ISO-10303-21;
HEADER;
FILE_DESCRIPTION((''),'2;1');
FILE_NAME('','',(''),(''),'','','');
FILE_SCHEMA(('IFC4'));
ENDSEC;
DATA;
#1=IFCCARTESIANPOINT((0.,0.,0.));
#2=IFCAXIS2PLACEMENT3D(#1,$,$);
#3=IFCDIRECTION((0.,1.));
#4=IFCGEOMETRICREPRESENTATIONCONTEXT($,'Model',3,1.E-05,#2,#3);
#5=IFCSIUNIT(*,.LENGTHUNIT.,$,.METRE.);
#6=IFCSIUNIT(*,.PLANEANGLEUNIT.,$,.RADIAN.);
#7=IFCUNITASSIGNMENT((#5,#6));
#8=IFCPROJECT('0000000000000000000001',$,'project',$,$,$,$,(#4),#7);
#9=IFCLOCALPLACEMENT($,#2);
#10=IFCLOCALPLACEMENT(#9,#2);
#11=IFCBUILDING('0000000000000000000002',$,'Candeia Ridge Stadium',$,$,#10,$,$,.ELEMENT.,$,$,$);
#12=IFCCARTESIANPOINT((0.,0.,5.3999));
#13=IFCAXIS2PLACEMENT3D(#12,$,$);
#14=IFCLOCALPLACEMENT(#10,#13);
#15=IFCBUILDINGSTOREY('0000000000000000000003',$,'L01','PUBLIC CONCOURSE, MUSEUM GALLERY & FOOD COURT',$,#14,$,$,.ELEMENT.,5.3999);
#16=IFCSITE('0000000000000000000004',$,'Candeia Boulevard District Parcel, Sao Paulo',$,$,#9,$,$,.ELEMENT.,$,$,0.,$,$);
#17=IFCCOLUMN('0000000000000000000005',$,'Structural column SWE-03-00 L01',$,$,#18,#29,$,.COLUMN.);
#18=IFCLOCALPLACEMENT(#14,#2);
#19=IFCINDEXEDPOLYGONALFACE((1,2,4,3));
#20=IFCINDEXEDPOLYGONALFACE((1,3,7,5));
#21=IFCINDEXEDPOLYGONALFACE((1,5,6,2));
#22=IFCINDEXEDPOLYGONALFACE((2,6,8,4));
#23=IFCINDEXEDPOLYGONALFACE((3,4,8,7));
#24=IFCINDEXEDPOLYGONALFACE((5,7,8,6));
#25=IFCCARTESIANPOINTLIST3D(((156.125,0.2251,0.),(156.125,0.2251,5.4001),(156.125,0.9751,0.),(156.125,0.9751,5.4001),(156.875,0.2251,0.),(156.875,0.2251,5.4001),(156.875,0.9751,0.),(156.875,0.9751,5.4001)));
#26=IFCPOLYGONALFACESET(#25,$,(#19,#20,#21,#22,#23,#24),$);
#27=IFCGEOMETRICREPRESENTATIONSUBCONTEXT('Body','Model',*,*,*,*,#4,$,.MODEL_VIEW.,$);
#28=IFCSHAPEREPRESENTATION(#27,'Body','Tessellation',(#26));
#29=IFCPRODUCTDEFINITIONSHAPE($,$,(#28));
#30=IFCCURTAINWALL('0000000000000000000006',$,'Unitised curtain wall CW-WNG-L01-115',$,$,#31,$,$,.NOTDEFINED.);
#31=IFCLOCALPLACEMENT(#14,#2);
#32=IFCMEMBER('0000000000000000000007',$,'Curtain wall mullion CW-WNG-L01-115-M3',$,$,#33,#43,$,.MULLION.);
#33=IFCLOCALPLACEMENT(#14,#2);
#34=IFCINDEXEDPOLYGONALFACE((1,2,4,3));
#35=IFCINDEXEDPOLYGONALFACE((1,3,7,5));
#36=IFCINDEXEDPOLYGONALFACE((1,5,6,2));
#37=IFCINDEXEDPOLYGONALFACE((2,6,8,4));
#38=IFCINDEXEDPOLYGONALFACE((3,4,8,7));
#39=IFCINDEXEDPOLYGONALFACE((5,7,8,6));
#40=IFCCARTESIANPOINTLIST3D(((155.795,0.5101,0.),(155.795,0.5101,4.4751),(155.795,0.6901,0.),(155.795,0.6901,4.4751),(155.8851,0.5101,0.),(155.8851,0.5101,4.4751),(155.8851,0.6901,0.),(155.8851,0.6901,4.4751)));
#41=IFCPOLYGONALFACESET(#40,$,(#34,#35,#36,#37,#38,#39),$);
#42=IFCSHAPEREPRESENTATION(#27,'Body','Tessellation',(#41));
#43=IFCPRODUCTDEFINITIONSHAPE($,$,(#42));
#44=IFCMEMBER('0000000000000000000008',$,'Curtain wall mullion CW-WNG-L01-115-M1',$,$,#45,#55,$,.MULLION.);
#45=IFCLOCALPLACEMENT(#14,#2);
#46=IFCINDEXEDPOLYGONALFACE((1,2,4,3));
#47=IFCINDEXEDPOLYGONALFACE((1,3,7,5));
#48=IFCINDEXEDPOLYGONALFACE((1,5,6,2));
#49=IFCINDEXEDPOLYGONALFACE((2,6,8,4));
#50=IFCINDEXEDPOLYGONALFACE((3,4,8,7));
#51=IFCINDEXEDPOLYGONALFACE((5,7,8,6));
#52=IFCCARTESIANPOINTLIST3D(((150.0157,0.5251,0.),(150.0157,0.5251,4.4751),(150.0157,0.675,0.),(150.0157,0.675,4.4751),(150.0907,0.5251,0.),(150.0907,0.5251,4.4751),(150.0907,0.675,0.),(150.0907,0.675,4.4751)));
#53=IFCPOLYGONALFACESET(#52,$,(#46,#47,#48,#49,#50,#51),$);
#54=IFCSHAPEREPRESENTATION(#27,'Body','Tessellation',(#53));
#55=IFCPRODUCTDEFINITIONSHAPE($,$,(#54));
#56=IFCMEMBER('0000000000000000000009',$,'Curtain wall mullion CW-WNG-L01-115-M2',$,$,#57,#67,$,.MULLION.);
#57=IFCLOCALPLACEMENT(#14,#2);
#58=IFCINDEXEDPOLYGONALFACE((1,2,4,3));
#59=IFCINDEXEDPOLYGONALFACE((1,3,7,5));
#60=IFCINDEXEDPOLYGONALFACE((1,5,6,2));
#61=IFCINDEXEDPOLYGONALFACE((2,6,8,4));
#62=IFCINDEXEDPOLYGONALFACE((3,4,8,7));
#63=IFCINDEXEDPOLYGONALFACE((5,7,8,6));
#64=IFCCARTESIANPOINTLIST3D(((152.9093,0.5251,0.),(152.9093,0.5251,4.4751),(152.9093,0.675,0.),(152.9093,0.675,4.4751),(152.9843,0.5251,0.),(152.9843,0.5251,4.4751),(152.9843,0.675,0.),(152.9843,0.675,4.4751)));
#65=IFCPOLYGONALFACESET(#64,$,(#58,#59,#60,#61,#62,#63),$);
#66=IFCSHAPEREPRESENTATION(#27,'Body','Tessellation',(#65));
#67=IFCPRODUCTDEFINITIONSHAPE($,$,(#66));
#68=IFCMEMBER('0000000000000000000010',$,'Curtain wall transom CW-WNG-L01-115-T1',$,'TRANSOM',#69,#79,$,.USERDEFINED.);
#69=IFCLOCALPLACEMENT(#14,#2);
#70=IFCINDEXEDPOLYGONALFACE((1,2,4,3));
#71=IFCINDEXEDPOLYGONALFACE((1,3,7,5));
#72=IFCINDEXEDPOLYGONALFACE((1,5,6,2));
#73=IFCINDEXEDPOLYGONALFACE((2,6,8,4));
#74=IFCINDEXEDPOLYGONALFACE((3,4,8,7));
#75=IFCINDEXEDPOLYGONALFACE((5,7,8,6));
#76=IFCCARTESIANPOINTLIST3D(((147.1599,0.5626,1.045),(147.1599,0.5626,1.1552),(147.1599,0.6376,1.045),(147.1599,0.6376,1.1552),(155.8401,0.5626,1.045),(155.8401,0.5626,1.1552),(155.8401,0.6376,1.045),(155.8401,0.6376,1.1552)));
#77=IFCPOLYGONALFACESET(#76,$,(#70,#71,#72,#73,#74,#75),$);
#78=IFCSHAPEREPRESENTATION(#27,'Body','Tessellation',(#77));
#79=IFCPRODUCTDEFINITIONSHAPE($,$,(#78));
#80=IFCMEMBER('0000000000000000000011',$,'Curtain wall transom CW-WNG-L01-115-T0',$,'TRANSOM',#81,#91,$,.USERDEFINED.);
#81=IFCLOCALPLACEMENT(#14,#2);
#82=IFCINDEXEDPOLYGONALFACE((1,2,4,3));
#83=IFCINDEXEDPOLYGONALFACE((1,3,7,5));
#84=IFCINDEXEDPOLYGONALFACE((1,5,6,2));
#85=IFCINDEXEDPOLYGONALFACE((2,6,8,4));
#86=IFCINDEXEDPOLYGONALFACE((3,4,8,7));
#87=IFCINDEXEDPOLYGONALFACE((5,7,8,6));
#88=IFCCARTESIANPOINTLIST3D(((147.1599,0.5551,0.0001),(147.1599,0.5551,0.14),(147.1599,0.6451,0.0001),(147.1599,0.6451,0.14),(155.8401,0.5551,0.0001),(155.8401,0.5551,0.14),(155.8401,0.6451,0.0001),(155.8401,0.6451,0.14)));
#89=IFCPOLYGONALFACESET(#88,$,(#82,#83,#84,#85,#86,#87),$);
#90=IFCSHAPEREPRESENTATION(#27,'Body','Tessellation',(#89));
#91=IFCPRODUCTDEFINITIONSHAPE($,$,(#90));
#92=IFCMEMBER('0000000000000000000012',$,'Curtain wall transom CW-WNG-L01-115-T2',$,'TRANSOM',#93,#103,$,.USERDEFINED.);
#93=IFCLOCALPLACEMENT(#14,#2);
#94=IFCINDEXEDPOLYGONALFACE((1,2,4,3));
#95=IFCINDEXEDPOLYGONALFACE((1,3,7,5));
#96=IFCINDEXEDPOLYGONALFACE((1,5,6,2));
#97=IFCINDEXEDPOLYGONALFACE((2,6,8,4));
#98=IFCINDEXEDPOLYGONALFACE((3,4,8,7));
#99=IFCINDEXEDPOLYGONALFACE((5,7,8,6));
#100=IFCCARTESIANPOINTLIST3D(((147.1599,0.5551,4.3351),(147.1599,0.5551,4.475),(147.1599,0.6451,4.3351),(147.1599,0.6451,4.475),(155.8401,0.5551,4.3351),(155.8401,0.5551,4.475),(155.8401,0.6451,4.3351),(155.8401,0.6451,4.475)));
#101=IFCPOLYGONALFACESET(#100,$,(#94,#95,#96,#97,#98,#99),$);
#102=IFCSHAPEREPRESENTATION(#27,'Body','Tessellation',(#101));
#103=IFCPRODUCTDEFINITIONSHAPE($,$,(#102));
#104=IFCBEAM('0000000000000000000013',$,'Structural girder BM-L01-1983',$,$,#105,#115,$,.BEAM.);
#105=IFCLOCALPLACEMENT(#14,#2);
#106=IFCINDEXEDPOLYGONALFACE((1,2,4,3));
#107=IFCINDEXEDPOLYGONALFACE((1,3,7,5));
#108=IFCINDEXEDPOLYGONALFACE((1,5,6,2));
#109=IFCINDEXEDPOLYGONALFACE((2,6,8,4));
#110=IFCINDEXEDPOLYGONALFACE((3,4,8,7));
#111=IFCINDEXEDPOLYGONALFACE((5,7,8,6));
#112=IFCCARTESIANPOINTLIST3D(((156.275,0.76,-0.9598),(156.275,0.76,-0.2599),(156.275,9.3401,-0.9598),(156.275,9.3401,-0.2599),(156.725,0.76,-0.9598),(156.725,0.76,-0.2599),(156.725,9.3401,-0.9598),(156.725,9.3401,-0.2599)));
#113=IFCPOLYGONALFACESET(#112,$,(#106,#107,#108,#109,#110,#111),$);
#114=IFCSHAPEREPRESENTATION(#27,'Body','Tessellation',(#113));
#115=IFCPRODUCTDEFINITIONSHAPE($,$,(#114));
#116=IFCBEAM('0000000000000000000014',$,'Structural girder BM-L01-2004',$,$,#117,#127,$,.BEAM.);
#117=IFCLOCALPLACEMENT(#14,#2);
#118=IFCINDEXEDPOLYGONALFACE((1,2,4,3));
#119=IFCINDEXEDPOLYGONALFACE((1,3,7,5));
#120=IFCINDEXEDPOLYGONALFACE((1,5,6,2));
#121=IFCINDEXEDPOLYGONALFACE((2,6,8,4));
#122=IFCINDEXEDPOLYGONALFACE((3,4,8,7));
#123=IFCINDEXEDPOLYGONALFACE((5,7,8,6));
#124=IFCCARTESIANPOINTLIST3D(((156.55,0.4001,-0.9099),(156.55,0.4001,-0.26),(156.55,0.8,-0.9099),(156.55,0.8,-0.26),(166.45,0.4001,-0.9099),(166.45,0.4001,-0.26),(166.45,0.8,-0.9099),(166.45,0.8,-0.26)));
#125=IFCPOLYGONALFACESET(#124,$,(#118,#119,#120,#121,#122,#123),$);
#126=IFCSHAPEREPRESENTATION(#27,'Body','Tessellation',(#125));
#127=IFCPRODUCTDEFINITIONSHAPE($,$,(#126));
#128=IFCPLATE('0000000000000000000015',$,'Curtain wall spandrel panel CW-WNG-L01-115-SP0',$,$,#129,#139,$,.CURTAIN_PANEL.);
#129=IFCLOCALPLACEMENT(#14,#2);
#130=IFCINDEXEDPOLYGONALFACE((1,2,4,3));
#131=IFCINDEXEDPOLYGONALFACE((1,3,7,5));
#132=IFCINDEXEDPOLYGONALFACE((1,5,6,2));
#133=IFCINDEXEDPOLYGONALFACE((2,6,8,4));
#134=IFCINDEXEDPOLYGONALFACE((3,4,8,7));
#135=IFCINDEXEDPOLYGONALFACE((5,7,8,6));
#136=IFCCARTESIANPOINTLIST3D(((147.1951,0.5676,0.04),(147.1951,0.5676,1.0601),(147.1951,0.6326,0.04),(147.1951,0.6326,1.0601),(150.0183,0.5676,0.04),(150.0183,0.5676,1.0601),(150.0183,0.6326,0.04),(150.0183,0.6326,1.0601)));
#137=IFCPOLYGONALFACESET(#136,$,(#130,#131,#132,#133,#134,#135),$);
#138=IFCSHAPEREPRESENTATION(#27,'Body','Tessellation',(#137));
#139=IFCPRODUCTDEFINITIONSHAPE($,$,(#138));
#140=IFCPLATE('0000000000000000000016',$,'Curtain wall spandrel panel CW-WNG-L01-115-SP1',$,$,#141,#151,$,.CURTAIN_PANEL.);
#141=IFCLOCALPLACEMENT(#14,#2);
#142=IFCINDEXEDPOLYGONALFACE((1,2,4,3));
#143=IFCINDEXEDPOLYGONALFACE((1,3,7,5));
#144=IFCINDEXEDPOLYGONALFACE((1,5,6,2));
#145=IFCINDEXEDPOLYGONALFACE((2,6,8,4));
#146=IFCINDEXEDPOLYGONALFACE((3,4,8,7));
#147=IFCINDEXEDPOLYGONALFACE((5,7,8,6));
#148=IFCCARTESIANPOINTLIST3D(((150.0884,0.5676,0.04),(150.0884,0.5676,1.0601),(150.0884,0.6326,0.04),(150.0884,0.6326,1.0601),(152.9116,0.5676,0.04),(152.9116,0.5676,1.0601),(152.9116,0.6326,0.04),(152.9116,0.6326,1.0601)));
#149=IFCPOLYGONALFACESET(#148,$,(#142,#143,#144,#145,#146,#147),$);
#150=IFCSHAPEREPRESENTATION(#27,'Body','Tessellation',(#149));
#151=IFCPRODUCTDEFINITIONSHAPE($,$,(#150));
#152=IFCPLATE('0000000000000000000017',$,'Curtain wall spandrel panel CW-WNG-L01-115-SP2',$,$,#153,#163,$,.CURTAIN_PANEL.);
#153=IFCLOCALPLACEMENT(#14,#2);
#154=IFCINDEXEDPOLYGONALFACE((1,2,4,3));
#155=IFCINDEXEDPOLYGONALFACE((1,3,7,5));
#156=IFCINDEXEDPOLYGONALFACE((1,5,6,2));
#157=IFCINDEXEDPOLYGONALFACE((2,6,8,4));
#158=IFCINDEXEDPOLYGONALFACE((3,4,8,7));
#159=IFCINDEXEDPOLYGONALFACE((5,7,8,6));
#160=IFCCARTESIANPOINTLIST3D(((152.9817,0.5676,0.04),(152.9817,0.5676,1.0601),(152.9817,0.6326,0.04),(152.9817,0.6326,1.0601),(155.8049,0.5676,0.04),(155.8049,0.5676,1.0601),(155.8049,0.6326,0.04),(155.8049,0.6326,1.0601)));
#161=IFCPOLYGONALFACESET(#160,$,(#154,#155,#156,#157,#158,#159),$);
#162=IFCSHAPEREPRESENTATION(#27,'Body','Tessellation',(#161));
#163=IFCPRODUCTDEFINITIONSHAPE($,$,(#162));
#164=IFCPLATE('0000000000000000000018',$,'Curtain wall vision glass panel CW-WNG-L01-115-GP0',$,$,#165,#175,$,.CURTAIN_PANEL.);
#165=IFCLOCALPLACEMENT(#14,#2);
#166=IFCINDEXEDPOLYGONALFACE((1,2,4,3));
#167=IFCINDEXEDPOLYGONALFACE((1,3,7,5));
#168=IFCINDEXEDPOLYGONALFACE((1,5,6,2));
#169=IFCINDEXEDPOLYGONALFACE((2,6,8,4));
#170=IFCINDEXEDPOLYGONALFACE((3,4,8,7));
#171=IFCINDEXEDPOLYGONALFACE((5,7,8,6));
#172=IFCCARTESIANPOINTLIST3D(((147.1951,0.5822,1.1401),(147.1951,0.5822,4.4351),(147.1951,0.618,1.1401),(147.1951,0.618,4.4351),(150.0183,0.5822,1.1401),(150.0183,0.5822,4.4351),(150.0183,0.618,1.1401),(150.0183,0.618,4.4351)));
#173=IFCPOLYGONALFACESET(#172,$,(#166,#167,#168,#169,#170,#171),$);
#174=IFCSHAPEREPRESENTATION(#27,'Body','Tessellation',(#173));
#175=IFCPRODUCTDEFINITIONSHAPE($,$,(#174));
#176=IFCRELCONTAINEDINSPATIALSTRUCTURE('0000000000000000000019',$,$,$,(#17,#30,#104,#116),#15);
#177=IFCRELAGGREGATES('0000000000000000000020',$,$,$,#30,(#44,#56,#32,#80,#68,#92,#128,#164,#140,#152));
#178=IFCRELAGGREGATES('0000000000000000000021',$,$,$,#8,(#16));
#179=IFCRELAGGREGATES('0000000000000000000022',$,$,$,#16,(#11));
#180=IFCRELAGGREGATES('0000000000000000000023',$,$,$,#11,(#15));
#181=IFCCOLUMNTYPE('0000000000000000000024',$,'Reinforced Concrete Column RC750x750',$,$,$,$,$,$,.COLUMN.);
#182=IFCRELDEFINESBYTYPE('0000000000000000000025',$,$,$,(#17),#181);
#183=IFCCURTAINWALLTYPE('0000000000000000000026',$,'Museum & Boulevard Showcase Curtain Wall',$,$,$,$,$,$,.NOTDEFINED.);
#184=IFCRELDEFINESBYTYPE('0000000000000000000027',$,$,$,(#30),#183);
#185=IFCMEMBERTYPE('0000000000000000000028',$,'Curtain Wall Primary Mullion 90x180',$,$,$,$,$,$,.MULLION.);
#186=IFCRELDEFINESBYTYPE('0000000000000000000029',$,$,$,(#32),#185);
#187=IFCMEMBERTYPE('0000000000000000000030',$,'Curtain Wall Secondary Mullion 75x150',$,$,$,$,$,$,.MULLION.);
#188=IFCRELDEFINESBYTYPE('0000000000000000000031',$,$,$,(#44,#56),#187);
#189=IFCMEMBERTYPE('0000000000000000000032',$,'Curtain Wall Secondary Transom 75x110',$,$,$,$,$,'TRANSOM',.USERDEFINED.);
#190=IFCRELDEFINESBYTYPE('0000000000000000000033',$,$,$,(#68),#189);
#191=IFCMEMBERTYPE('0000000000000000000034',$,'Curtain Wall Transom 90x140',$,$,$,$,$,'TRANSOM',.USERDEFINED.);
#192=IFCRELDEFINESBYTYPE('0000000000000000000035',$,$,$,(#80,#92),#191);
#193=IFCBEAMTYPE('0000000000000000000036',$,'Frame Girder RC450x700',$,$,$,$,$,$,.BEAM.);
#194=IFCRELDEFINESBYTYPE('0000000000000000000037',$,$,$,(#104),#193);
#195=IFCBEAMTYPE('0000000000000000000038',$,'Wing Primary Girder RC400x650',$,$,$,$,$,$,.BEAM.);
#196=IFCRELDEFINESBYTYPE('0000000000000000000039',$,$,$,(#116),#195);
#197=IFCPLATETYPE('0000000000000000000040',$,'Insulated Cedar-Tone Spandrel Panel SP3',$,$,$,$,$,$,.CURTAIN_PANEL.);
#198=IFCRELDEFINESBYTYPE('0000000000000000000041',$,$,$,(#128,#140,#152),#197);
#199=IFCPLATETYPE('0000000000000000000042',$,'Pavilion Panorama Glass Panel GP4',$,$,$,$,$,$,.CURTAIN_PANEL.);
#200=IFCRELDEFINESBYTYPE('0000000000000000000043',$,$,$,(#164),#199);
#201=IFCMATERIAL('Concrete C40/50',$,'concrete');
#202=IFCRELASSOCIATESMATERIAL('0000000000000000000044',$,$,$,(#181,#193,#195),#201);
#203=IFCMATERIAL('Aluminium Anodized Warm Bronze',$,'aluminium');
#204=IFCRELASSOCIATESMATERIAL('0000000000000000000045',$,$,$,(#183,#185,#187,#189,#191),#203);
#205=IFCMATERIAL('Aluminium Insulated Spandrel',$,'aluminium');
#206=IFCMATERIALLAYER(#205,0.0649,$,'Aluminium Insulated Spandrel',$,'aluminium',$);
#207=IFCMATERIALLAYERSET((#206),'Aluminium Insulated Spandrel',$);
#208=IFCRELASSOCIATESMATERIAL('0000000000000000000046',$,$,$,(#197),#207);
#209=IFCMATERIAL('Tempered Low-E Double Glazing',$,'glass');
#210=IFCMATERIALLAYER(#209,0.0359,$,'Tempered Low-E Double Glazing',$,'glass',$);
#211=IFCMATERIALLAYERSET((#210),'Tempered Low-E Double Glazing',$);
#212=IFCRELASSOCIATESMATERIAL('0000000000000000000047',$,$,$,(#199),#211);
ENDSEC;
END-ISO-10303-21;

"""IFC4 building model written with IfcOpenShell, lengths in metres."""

from ifc_helpers import new_model, si_unit, direction, frame, origin, origin_2d, place, context, subcontext, project, spatial, rectangle, extrude, material, layer, layer_set, material_profile, profile_set, type_object, element, aggregate, save


model = new_model("IFC4")

# Units and contexts
model_context = context("Model", 3, precision=1e-05, world=origin(), true_north=direction((0.0, 1.0)))
body_context = subcontext(model_context, "Body", "Model", "MODEL_VIEW")
ifc_project = project(units=[si_unit("LENGTHUNIT", "METRE"), si_unit("PLANEANGLEUNIT", "RADIAN")], contexts=[model_context])

# Site, building, storey
site_placement = place(None, origin())
site = spatial("IfcSite", under=ifc_project, at=site_placement, Name="Candeia Boulevard District Parcel, Sao Paulo", CompositionType="ELEMENT", RefElevation=0.0)
building_placement = place(site_placement, origin())
building = spatial("IfcBuilding", under=site, at=building_placement, Name="Candeia Ridge Stadium", CompositionType="ELEMENT")
storey_placement = place(building_placement, frame((0.0, 0.0, 5.3999)))
storey = spatial("IfcBuildingStorey", under=building, at=storey_placement, Name="L01", Description="PUBLIC CONCOURSE, MUSEUM GALLERY & FOOD COURT", CompositionType="ELEMENT", Elevation=5.3999)

# Column
ifc_material_1 = material(Name="Concrete C40/50", Category="concrete")
ifc_material_profile_1 = material_profile(ifc_material_1, rectangle(XDim=0.75, YDim=0.75, at=origin_2d()), Name="RC750x750", Category="concrete")
ifc_profile_set_1 = profile_set([ifc_material_profile_1], Name="Concrete C40/50")
column_type = type_object("IfcColumnType", Name="Reinforced Concrete Column RC750x750", PredefinedType="COLUMN", material=ifc_profile_set_1)
column_placement = place(storey_placement, frame((156.5, 0.6001, 0.0), z_axis=(0.0, 0.0, 1.0), x_axis=(1.0, 0.0, 0.0)))
element("IfcColumn", 1, at=column_placement, inside=storey, type_object=column_type, Name="Structural column SWE-03-00 L01", PredefinedType="COLUMN", context=body_context, shape_type="SweptSolid", body=[
    extrude(rectangle(XDim=0.75, YDim=0.75, at=origin_2d()), origin(), (0.0, 0.0, 1.0), 5.4001),
])

# Curtain wall, members
ifc_material_2 = material(Name="Aluminium Anodized Warm Bronze", Category="aluminium")
curtain_wall_type = type_object("IfcCurtainWallType", Name="Museum & Boulevard Showcase Curtain Wall", PredefinedType="NOTDEFINED", material=ifc_material_2)
curtain_wall_placement = place(storey_placement, origin())
curtain_wall = element("IfcCurtainWall", 2, at=curtain_wall_placement, inside=storey, type_object=curtain_wall_type, Name="Unitised curtain wall CW-WNG-L01-115", PredefinedType="NOTDEFINED")
ifc_material_profile_2 = material_profile(ifc_material_2, rectangle(XDim=0.0901, YDim=0.1799, at=origin_2d()), Name="CWM-90x180", Category="aluminium")
ifc_profile_set_2 = profile_set([ifc_material_profile_2], Name="Aluminium Anodized Warm Bronze")
member_type_1 = type_object("IfcMemberType", Name="Curtain Wall Primary Mullion 90x180", PredefinedType="MULLION", material=ifc_profile_set_2)
member_1_placement = place(storey_placement, frame((155.8401, 0.6001, 0.0), z_axis=(0.0, 0.0, 1.0), x_axis=(1.0, 0.0, 0.0)))
member_1 = element("IfcMember", 3, at=member_1_placement, type_object=member_type_1, Name="Curtain wall mullion CW-WNG-L01-115-M3", PredefinedType="MULLION", context=body_context, shape_type="SweptSolid", body=[
    extrude(rectangle(XDim=0.0901, YDim=0.1799, at=origin_2d()), origin(), (0.0, 0.0, 1.0), 4.4751),
])
ifc_material_profile_3 = material_profile(ifc_material_2, rectangle(XDim=0.075, YDim=0.1499, at=origin_2d()), Name="CWM-75x150", Category="aluminium")
ifc_profile_set_3 = profile_set([ifc_material_profile_3], Name="Aluminium Anodized Warm Bronze")
member_type_2 = type_object("IfcMemberType", Name="Curtain Wall Secondary Mullion 75x150", PredefinedType="MULLION", material=ifc_profile_set_3)
member_2_placement = place(storey_placement, frame((150.0532, 0.6001, 0.0), z_axis=(0.0, 0.0, 1.0), x_axis=(1.0, 0.0, 0.0)))
member_2 = element("IfcMember", 4, at=member_2_placement, type_object=member_type_2, Name="Curtain wall mullion CW-WNG-L01-115-M1", PredefinedType="MULLION", context=body_context, shape_type="SweptSolid", body=[
    extrude(rectangle(XDim=0.075, YDim=0.1499, at=origin_2d()), origin(), (0.0, 0.0, 1.0), 4.4751),
])
member_3_placement = place(storey_placement, frame((152.9468, 0.6001, 0.0), z_axis=(0.0, 0.0, 1.0), x_axis=(1.0, 0.0, 0.0)))
member_3 = element("IfcMember", 5, at=member_3_placement, type_object=member_type_2, Name="Curtain wall mullion CW-WNG-L01-115-M2", PredefinedType="MULLION", context=body_context, shape_type="SweptSolid", body=[
    extrude(rectangle(XDim=0.075, YDim=0.1499, at=origin_2d()), origin(), (0.0, 0.0, 1.0), 4.4751),
])
ifc_material_profile_4 = material_profile(ifc_material_2, rectangle(XDim=0.075, YDim=0.1101, at=origin_2d()), Name="CWT-75x110", Category="aluminium")
ifc_profile_set_4 = profile_set([ifc_material_profile_4], Name="Aluminium Anodized Warm Bronze")
member_type_3 = type_object("IfcMemberType", Name="Curtain Wall Secondary Transom 75x110", ElementType="TRANSOM", PredefinedType="USERDEFINED", material=ifc_profile_set_4)
member_4_placement = place(storey_placement, frame((147.1599, 0.6001, 1.1001), z_axis=(1.0, 0.0, 0.0), x_axis=(0.0, 1.0, 0.0)))
member_4 = element("IfcMember", 6, at=member_4_placement, type_object=member_type_3, Name="Curtain wall transom CW-WNG-L01-115-T1", ObjectType="TRANSOM", PredefinedType="USERDEFINED", context=body_context, shape_type="SweptSolid", body=[
    extrude(rectangle(XDim=0.075, YDim=0.1101, at=origin_2d()), origin(), (0.0, 0.0, 1.0), 8.6802),
])
ifc_material_profile_5 = material_profile(ifc_material_2, rectangle(XDim=0.0901, YDim=0.1399, at=origin_2d()), Name="CWT-90x140", Category="aluminium")
ifc_profile_set_5 = profile_set([ifc_material_profile_5], Name="Aluminium Anodized Warm Bronze")
member_type_4 = type_object("IfcMemberType", Name="Curtain Wall Transom 90x140", ElementType="TRANSOM", PredefinedType="USERDEFINED", material=ifc_profile_set_5)
member_5_placement = place(storey_placement, frame((147.1599, 0.6001, 0.0701), z_axis=(1.0, 0.0, 0.0), x_axis=(0.0, 1.0, 0.0)))
member_5 = element("IfcMember", 7, at=member_5_placement, type_object=member_type_4, Name="Curtain wall transom CW-WNG-L01-115-T0", ObjectType="TRANSOM", PredefinedType="USERDEFINED", context=body_context, shape_type="SweptSolid", body=[
    extrude(rectangle(XDim=0.0901, YDim=0.1399, at=origin_2d()), origin(), (0.0, 0.0, 1.0), 8.6802),
])
member_6_placement = place(storey_placement, frame((147.1599, 0.6001, 4.405), z_axis=(1.0, 0.0, 0.0), x_axis=(0.0, 1.0, 0.0)))
member_6 = element("IfcMember", 8, at=member_6_placement, type_object=member_type_4, Name="Curtain wall transom CW-WNG-L01-115-T2", ObjectType="TRANSOM", PredefinedType="USERDEFINED", context=body_context, shape_type="SweptSolid", body=[
    extrude(rectangle(XDim=0.0901, YDim=0.1399, at=origin_2d()), origin(), (0.0, 0.0, 1.0), 8.6802),
])

# Beams
ifc_material_profile_6 = material_profile(ifc_material_1, rectangle(XDim=0.45, YDim=0.7, at=origin_2d()), Name="RC450x700", Category="concrete")
ifc_profile_set_6 = profile_set([ifc_material_profile_6], Name="Concrete C40/50")
beam_type_1 = type_object("IfcBeamType", Name="Frame Girder RC450x700", PredefinedType="BEAM", material=ifc_profile_set_6)
beam_1_placement = place(storey_placement, frame((156.5, 0.76, -0.6099), z_axis=(0.0, 1.0, 0.0), x_axis=(-1.0, 0.0, 0.0)))
element("IfcBeam", 9, at=beam_1_placement, inside=storey, type_object=beam_type_1, Name="Structural girder BM-L01-1983", PredefinedType="BEAM", context=body_context, shape_type="SweptSolid", body=[
    extrude(rectangle(XDim=0.45, YDim=0.7, at=origin_2d()), origin(), (0.0, 0.0, 1.0), 8.5801),
])
ifc_material_profile_7 = material_profile(ifc_material_1, rectangle(XDim=0.3999, YDim=0.6499, at=origin_2d()), Name="RC400x650", Category="concrete")
ifc_profile_set_7 = profile_set([ifc_material_profile_7], Name="Concrete C40/50")
beam_type_2 = type_object("IfcBeamType", Name="Wing Primary Girder RC400x650", PredefinedType="BEAM", material=ifc_profile_set_7)
beam_2_placement = place(storey_placement, frame((156.55, 0.6001, -0.585), z_axis=(1.0, 0.0, 0.0), x_axis=(0.0, 1.0, 0.0)))
element("IfcBeam", 10, at=beam_2_placement, inside=storey, type_object=beam_type_2, Name="Structural girder BM-L01-2004", PredefinedType="BEAM", context=body_context, shape_type="SweptSolid", body=[
    extrude(rectangle(XDim=0.3999, YDim=0.6499, at=origin_2d()), origin(), (0.0, 0.0, 1.0), 9.8999),
])

# Plates
ifc_material_3 = material(Name="Aluminium Insulated Spandrel", Category="aluminium")
ifc_layer_1 = layer(ifc_material_3, 0.0649, Name="Aluminium Insulated Spandrel", Category="aluminium")
ifc_layer_set_1 = layer_set([ifc_layer_1], Name="Aluminium Insulated Spandrel")
plate_type_1 = type_object("IfcPlateType", Name="Insulated Cedar-Tone Spandrel Panel SP3", PredefinedType="CURTAIN_PANEL", material=ifc_layer_set_1)
plate_1_placement = place(storey_placement, frame((148.6067, 0.6001, 0.04), z_axis=(0.0, 0.0, 1.0), x_axis=(1.0, 0.0, 0.0)))
plate_1 = element("IfcPlate", 11, at=plate_1_placement, type_object=plate_type_1, Name="Curtain wall spandrel panel CW-WNG-L01-115-SP0", PredefinedType="CURTAIN_PANEL", context=body_context, shape_type="SweptSolid", body=[
    extrude(rectangle(XDim=2.8232, YDim=0.0649, at=origin_2d()), origin(), (0.0, 0.0, 1.0), 1.02),
])
plate_2_placement = place(storey_placement, frame((151.5, 0.6001, 0.04), z_axis=(0.0, 0.0, 1.0), x_axis=(1.0, 0.0, 0.0)))
plate_2 = element("IfcPlate", 12, at=plate_2_placement, type_object=plate_type_1, Name="Curtain wall spandrel panel CW-WNG-L01-115-SP1", PredefinedType="CURTAIN_PANEL", context=body_context, shape_type="SweptSolid", body=[
    extrude(rectangle(XDim=2.8232, YDim=0.0649, at=origin_2d()), origin(), (0.0, 0.0, 1.0), 1.02),
])
plate_3_placement = place(storey_placement, frame((154.3933, 0.6001, 0.04), z_axis=(0.0, 0.0, 1.0), x_axis=(1.0, 0.0, 0.0)))
plate_3 = element("IfcPlate", 13, at=plate_3_placement, type_object=plate_type_1, Name="Curtain wall spandrel panel CW-WNG-L01-115-SP2", PredefinedType="CURTAIN_PANEL", context=body_context, shape_type="SweptSolid", body=[
    extrude(rectangle(XDim=2.8232, YDim=0.0649, at=origin_2d()), origin(), (0.0, 0.0, 1.0), 1.02),
])
ifc_material_4 = material(Name="Tempered Low-E Double Glazing", Category="glass")
ifc_layer_2 = layer(ifc_material_4, 0.0359, Name="Tempered Low-E Double Glazing", Category="glass")
ifc_layer_set_2 = layer_set([ifc_layer_2], Name="Tempered Low-E Double Glazing")
plate_type_2 = type_object("IfcPlateType", Name="Pavilion Panorama Glass Panel GP4", PredefinedType="CURTAIN_PANEL", material=ifc_layer_set_2)
plate_4_placement = place(storey_placement, frame((148.6067, 0.6001, 1.1401), z_axis=(0.0, 0.0, 1.0), x_axis=(1.0, 0.0, 0.0)))
plate_4 = element("IfcPlate", 14, at=plate_4_placement, type_object=plate_type_2, Name="Curtain wall vision glass panel CW-WNG-L01-115-GP0", PredefinedType="CURTAIN_PANEL", context=body_context, shape_type="SweptSolid", body=[
    extrude(rectangle(XDim=2.8232, YDim=0.0359, at=origin_2d()), origin(), (0.0, 0.0, 1.0), 3.2949),
])
aggregate(curtain_wall, [member_2, member_3, member_1, member_5, member_4, member_6, plate_1, plate_4, plate_2, plate_3])

save(model, "model.ifc")
